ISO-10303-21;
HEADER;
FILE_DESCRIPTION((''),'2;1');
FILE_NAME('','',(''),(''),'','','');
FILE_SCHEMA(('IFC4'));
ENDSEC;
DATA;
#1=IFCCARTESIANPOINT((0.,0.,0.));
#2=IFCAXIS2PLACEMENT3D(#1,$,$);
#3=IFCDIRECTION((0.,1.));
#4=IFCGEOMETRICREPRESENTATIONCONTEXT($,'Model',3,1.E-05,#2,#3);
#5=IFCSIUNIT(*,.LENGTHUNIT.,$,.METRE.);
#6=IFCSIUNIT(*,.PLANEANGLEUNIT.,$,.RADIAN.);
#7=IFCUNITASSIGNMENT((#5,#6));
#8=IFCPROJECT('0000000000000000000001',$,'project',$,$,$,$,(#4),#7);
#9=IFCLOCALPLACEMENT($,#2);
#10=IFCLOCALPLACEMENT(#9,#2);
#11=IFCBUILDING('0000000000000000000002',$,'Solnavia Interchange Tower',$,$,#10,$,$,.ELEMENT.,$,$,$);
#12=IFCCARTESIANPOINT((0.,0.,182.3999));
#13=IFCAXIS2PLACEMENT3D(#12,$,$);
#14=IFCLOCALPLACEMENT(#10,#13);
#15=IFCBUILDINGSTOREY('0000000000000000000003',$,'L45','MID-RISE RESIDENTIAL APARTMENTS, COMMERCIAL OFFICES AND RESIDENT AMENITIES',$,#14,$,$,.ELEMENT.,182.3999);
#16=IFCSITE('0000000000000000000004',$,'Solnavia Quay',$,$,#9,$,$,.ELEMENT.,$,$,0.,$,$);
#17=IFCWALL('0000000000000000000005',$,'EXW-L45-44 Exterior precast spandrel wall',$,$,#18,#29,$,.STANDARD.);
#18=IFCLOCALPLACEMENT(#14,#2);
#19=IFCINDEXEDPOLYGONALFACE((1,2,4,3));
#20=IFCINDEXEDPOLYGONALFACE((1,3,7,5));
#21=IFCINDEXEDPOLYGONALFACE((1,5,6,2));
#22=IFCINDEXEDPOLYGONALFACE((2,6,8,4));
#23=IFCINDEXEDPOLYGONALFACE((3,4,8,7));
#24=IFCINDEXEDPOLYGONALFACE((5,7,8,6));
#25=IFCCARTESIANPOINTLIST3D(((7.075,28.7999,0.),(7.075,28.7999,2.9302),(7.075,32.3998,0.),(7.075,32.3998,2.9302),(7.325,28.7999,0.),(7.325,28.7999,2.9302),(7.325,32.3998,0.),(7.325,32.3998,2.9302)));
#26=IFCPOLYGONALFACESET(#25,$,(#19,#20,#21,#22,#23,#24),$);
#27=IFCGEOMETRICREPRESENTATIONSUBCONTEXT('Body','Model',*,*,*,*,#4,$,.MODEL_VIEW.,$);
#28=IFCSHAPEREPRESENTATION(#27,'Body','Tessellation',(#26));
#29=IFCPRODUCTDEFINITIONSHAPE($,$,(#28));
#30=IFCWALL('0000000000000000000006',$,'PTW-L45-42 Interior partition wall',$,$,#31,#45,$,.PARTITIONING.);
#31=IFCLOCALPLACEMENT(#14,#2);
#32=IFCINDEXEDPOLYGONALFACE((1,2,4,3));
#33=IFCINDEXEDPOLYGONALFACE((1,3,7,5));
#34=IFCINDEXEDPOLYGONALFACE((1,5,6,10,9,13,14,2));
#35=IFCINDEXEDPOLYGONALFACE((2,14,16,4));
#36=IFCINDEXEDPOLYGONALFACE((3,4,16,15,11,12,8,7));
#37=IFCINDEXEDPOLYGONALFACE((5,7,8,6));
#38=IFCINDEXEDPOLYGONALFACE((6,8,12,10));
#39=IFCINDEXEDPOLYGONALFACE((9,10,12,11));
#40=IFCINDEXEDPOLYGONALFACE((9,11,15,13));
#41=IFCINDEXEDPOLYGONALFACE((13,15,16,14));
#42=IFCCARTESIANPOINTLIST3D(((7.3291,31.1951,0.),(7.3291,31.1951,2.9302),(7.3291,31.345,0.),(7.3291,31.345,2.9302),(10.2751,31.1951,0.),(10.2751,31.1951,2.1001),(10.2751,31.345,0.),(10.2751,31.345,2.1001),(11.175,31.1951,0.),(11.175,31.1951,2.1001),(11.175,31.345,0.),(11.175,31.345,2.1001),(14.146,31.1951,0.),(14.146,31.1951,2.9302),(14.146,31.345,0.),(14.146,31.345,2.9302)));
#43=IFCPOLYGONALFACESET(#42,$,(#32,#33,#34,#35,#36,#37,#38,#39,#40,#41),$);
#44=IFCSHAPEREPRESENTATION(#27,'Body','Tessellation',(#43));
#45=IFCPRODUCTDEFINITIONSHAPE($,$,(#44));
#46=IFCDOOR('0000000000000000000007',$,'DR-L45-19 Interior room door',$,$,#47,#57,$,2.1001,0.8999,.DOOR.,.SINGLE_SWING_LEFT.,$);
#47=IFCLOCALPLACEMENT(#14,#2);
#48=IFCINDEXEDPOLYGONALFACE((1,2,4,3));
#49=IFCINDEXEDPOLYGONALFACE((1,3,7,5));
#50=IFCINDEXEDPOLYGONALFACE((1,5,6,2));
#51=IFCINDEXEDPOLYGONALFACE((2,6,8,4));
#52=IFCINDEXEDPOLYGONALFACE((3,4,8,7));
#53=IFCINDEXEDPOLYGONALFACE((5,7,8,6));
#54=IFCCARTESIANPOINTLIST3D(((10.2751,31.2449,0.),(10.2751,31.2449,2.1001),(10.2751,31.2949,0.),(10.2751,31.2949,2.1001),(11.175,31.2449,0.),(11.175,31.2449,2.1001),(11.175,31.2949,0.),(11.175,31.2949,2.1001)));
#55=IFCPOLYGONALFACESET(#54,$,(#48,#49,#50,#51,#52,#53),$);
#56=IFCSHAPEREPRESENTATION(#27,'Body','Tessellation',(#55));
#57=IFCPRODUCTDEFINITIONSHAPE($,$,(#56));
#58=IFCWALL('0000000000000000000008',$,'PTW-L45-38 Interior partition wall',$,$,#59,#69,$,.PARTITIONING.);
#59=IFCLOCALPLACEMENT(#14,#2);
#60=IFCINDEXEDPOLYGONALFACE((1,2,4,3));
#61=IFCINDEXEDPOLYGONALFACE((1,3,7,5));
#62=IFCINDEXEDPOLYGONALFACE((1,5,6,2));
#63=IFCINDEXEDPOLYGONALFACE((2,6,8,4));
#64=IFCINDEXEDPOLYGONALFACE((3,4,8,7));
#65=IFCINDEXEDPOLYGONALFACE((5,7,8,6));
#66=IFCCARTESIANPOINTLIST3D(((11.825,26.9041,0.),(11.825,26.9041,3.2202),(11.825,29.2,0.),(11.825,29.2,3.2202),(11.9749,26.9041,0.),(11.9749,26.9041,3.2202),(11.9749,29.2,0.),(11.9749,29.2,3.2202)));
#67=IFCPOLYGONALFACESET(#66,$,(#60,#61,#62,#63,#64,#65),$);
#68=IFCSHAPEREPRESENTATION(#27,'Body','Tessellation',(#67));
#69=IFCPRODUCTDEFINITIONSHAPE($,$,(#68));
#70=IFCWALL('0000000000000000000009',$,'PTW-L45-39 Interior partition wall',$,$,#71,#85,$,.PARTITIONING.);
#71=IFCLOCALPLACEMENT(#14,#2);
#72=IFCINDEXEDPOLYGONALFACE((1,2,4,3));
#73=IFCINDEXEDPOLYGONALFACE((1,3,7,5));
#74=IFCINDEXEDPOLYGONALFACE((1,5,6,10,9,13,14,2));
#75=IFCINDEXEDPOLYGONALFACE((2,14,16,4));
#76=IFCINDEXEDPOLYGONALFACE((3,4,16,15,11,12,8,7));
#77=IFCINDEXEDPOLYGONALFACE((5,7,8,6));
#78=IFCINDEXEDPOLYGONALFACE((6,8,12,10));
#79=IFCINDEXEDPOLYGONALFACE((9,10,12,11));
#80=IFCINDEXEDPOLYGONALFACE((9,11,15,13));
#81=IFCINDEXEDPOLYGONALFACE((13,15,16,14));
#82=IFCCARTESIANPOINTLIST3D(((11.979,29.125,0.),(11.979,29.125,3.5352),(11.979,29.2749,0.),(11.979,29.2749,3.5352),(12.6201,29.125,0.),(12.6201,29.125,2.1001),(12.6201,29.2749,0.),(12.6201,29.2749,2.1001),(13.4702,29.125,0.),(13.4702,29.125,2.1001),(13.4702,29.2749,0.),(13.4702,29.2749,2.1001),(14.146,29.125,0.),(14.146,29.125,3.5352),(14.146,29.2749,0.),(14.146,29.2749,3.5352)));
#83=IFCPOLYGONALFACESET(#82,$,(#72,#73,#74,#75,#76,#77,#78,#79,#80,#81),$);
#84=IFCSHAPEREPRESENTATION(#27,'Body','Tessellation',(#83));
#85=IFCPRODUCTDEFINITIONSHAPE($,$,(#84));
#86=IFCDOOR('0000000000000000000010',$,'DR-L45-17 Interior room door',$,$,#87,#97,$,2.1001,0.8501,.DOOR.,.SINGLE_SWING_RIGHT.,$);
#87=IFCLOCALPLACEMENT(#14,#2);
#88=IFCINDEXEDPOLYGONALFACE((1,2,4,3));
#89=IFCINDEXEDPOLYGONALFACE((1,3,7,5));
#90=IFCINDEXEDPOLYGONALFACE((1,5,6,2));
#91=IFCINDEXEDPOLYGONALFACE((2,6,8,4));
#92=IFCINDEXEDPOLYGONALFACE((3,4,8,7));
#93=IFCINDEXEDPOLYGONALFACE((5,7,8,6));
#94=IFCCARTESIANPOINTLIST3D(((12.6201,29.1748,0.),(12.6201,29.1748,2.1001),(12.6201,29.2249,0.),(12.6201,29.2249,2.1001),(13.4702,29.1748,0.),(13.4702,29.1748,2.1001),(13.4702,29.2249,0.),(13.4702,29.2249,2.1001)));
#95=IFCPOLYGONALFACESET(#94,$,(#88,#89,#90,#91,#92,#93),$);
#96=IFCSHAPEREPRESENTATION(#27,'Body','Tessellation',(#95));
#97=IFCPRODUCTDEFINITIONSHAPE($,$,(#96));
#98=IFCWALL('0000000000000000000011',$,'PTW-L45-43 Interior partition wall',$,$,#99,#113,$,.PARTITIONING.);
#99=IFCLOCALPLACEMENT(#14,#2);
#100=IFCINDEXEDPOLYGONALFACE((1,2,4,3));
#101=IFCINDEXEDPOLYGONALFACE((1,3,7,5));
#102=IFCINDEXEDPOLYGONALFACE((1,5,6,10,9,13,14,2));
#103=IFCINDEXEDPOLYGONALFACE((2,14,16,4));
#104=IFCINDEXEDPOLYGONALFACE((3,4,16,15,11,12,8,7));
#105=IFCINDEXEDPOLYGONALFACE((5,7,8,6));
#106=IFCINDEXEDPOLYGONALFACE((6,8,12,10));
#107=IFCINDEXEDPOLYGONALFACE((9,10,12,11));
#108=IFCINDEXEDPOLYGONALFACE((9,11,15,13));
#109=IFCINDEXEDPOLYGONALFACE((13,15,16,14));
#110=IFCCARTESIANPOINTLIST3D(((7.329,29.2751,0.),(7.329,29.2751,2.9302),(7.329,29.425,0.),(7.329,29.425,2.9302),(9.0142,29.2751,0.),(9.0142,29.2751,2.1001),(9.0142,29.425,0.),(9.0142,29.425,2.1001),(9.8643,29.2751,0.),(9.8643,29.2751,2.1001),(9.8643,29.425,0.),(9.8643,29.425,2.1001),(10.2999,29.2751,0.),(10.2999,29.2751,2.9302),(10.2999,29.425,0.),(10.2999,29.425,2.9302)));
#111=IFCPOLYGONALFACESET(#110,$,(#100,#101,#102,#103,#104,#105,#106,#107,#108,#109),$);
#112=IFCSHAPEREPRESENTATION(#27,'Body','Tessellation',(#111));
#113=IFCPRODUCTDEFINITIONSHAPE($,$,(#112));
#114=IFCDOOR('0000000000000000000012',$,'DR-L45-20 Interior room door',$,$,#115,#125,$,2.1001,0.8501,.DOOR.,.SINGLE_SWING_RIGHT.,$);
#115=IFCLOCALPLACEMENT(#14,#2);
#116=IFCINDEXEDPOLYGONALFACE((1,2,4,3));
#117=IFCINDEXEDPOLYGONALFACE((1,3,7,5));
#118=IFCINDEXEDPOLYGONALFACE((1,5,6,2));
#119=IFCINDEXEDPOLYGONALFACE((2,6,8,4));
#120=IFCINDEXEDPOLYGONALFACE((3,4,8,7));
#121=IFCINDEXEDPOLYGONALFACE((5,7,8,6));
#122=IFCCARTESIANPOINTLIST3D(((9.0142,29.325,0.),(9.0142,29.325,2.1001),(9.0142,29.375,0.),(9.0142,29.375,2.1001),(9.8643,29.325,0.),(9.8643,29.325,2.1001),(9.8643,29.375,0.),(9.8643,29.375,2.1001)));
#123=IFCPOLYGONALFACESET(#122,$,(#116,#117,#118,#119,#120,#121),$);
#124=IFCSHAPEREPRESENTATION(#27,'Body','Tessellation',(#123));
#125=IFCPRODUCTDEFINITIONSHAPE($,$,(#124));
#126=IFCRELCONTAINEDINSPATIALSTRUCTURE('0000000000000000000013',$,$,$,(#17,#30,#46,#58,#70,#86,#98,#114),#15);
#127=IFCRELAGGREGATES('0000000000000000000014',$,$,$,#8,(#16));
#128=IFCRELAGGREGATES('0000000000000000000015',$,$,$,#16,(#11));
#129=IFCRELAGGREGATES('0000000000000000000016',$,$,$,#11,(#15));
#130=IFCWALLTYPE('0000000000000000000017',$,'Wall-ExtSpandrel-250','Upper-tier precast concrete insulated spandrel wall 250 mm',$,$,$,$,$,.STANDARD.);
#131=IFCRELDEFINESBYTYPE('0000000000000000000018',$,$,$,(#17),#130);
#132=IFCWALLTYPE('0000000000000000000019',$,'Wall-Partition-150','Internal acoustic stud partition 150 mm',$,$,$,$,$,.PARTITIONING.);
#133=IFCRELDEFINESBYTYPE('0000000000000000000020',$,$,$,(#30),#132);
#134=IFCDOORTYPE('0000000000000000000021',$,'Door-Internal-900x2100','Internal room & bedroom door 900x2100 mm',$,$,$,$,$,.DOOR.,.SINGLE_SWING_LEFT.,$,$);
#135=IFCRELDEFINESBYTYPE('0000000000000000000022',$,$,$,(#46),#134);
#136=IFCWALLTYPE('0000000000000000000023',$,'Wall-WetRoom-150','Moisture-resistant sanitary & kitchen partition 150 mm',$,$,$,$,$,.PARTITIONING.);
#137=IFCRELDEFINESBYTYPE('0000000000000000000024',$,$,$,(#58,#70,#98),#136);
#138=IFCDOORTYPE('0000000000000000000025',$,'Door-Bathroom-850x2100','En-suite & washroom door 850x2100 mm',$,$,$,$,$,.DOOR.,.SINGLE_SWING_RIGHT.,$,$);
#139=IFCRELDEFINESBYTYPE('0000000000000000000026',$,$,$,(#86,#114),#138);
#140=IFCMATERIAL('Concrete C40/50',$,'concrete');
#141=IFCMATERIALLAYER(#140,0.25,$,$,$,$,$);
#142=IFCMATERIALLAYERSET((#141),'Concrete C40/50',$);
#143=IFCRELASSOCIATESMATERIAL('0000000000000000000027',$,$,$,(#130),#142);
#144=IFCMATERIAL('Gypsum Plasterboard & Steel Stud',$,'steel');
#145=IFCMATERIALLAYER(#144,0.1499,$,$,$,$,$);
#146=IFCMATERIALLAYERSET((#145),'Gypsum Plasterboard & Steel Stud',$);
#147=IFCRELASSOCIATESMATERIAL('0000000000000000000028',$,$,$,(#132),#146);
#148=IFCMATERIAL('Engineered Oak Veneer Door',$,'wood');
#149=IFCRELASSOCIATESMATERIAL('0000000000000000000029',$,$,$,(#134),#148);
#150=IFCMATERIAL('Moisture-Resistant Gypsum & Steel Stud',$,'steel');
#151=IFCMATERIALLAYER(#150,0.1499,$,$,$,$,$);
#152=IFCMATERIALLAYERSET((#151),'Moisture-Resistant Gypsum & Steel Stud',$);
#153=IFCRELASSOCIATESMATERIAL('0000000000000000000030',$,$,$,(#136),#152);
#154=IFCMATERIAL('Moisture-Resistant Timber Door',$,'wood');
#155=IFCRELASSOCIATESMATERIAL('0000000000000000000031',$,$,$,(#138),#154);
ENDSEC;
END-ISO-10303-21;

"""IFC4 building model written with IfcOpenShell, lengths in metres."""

from ifc_helpers import new_model, si_unit, direction, frame, frame_2d, origin, place, context, subcontext, project, spatial, rectangle, extrude, material, layer, layer_set, type_object, element, fill, save


model = new_model("IFC4")

# Units and contexts
model_context = context("Model", 3, precision=1e-05, world=origin(), true_north=direction((0.0, 1.0)))
body_context = subcontext(model_context, "Body", "Model", "MODEL_VIEW")
ifc_project = project(units=[si_unit("LENGTHUNIT", "METRE"), si_unit("PLANEANGLEUNIT", "RADIAN")], contexts=[model_context])

# Site, building, storey
site_placement = place(None, origin())
site = spatial("IfcSite", under=ifc_project, at=site_placement, Name="Solnavia Quay", CompositionType="ELEMENT", RefElevation=0.0)
building_placement = place(site_placement, origin())
building = spatial("IfcBuilding", under=site, at=building_placement, Name="Solnavia Interchange Tower", CompositionType="ELEMENT")
storey_placement = place(building_placement, frame((0.0, 0.0, 182.3999)))
storey = spatial("IfcBuildingStorey", under=building, at=storey_placement, Name="L45", Description="MID-RISE RESIDENTIAL APARTMENTS, COMMERCIAL OFFICES AND RESIDENT AMENITIES", CompositionType="ELEMENT", Elevation=182.3999)

# Shared definitions
ifc_material_1 = material(Name="Concrete C40/50", Category="concrete")
ifc_layer_1 = layer(ifc_material_1, 0.25)
ifc_layer_set_1 = layer_set([ifc_layer_1], Name="Concrete C40/50")
wall_type_1 = type_object("IfcWallType", Name="Wall-ExtSpandrel-250", Description="Upper-tier precast concrete insulated spandrel wall 250 mm", PredefinedType="STANDARD", material=ifc_layer_set_1)

# Wall
wall_1_placement = place(storey_placement, frame((7.2, 28.8, 0.0), z_axis=(0.0, 0.0, 1.0), x_axis=(0.0, 1.0, 0.0)))
element("IfcWall", 1, at=wall_1_placement, inside=storey, type_object=wall_type_1, Name="EXW-L45-44 Exterior precast spandrel wall", PredefinedType="STANDARD", context=body_context, shape_type="SweptSolid", body=[
    extrude(rectangle(XDim=3.5999, YDim=0.25, at=frame_2d((1.7998, 0.0))), origin(), (0.0, 0.0, 1.0), 2.9302),
])

# Wall, opening, door
ifc_material_2 = material(Name="Gypsum Plasterboard & Steel Stud", Category="steel")
ifc_layer_2 = layer(ifc_material_2, 0.1499)
ifc_layer_set_2 = layer_set([ifc_layer_2], Name="Gypsum Plasterboard & Steel Stud")
wall_type_2 = type_object("IfcWallType", Name="Wall-Partition-150", Description="Internal acoustic stud partition 150 mm", PredefinedType="PARTITIONING", material=ifc_layer_set_2)
wall_2_placement = place(storey_placement, frame((7.3291, 31.27, 0.0), z_axis=(0.0, 0.0, 1.0), x_axis=(1.0, 0.0, 0.0)))
wall_2 = element("IfcWall", 2, at=wall_2_placement, inside=storey, type_object=wall_type_2, Name="PTW-L45-42 Interior partition wall", PredefinedType="PARTITIONING", context=body_context, shape_type="SweptSolid", body=[
    extrude(rectangle(XDim=6.8169, YDim=0.1499, at=frame_2d((3.4084, 0.0))), origin(), (0.0, 0.0, 1.0), 2.9302),
])
opening_1_placement = place(wall_2_placement, frame((2.946, 0.0, 0.0)))
opening_1 = element("IfcOpeningElement", 3, at=opening_1_placement, cuts=wall_2, PredefinedType="OPENING", context=body_context, shape_type="SweptSolid", body=[
    extrude(rectangle(XDim=0.8999, YDim=2.1001, at=frame_2d((0.45, 1.05))), frame((0.0, 0.085, 0.0), z_axis=(0.0, -1.0, 0.0), x_axis=(1.0, 0.0, 0.0)), (0.0, 0.0, 1.0), 0.1699),
])
ifc_material_3 = material(Name="Engineered Oak Veneer Door", Category="wood")
door_type_1 = type_object("IfcDoorType", Name="Door-Internal-900x2100", Description="Internal room & bedroom door 900x2100 mm", OperationType="SINGLE_SWING_LEFT", PredefinedType="DOOR", material=ifc_material_3)
door_1_placement = place(opening_1_placement, origin())
door_1 = element("IfcDoor", 4, at=door_1_placement, inside=storey, type_object=door_type_1, Name="DR-L45-19 Interior room door", OperationType="SINGLE_SWING_LEFT", OverallHeight=2.1001, OverallWidth=0.8999, PredefinedType="DOOR", context=body_context, shape_type="SweptSolid", body=[
    extrude(rectangle(XDim=0.8999, YDim=2.1001, at=frame_2d((0.45, 1.05))), frame((0.0, 0.0249, 0.0), z_axis=(0.0, -1.0, 0.0), x_axis=(1.0, 0.0, 0.0)), (0.0, 0.0, 1.0), 0.05),
])
fill(opening_1, door_1)

# Wall
ifc_material_4 = material(Name="Moisture-Resistant Gypsum & Steel Stud", Category="steel")
ifc_layer_3 = layer(ifc_material_4, 0.1499)
ifc_layer_set_3 = layer_set([ifc_layer_3], Name="Moisture-Resistant Gypsum & Steel Stud")
wall_type_3 = type_object("IfcWallType", Name="Wall-WetRoom-150", Description="Moisture-resistant sanitary & kitchen partition 150 mm", PredefinedType="PARTITIONING", material=ifc_layer_set_3)
wall_3_placement = place(storey_placement, frame((11.8999, 26.9041, 0.0), z_axis=(0.0, 0.0, 1.0), x_axis=(0.0, 1.0, 0.0)))
element("IfcWall", 5, at=wall_3_placement, inside=storey, type_object=wall_type_3, Name="PTW-L45-38 Interior partition wall", PredefinedType="PARTITIONING", context=body_context, shape_type="SweptSolid", body=[
    extrude(rectangle(XDim=2.2959, YDim=0.1499, at=frame_2d((1.1479, 0.0))), origin(), (0.0, 0.0, 1.0), 3.2202),
])

# Walls, openings, doors
wall_4_placement = place(storey_placement, frame((11.979, 29.2, 0.0), z_axis=(0.0, 0.0, 1.0), x_axis=(1.0, 0.0, 0.0)))
wall_4 = element("IfcWall", 6, at=wall_4_placement, inside=storey, type_object=wall_type_3, Name="PTW-L45-39 Interior partition wall", PredefinedType="PARTITIONING", context=body_context, shape_type="SweptSolid", body=[
    extrude(rectangle(XDim=2.167, YDim=0.1499, at=frame_2d((1.0835, 0.0))), origin(), (0.0, 0.0, 1.0), 3.5352),
])
opening_2_placement = place(wall_4_placement, frame((0.6411, 0.0, 0.0)))
opening_2 = element("IfcOpeningElement", 7, at=opening_2_placement, cuts=wall_4, PredefinedType="OPENING", context=body_context, shape_type="SweptSolid", body=[
    extrude(rectangle(XDim=0.8501, YDim=2.1001, at=frame_2d((0.425, 1.05))), frame((0.0, 0.085, 0.0), z_axis=(0.0, -1.0, 0.0), x_axis=(1.0, 0.0, 0.0)), (0.0, 0.0, 1.0), 0.1699),
])
ifc_material_5 = material(Name="Moisture-Resistant Timber Door", Category="wood")
door_type_2 = type_object("IfcDoorType", Name="Door-Bathroom-850x2100", Description="En-suite & washroom door 850x2100 mm", OperationType="SINGLE_SWING_RIGHT", PredefinedType="DOOR", material=ifc_material_5)
door_2_placement = place(opening_2_placement, origin())
door_2 = element("IfcDoor", 8, at=door_2_placement, inside=storey, type_object=door_type_2, Name="DR-L45-17 Interior room door", OperationType="SINGLE_SWING_RIGHT", OverallHeight=2.1001, OverallWidth=0.8501, PredefinedType="DOOR", context=body_context, shape_type="SweptSolid", body=[
    extrude(rectangle(XDim=0.8501, YDim=2.1001, at=frame_2d((0.425, 1.05))), frame((0.0, 0.0249, 0.0), z_axis=(0.0, -1.0, 0.0), x_axis=(1.0, 0.0, 0.0)), (0.0, 0.0, 1.0), 0.05),
])
fill(opening_2, door_2)
wall_5_placement = place(storey_placement, frame((7.3291, 29.3501, 0.0), z_axis=(0.0, 0.0, 1.0), x_axis=(1.0, 0.0, 0.0)))
wall_5 = element("IfcWall", 9, at=wall_5_placement, inside=storey, type_object=wall_type_3, Name="PTW-L45-43 Interior partition wall", PredefinedType="PARTITIONING", context=body_context, shape_type="SweptSolid", body=[
    extrude(rectangle(XDim=2.9709, YDim=0.1499, at=frame_2d((1.4854, 0.0))), origin(), (0.0, 0.0, 1.0), 2.9302),
])
opening_3_placement = place(wall_5_placement, frame((1.6851, 0.0, 0.0)))
opening_3 = element("IfcOpeningElement", 10, at=opening_3_placement, cuts=wall_5, PredefinedType="OPENING", context=body_context, shape_type="SweptSolid", body=[
    extrude(rectangle(XDim=0.8501, YDim=2.1001, at=frame_2d((0.425, 1.05))), frame((0.0, 0.085, 0.0), z_axis=(0.0, -1.0, 0.0), x_axis=(1.0, 0.0, 0.0)), (0.0, 0.0, 1.0), 0.1699),
])
door_3_placement = place(opening_3_placement, origin())
door_3 = element("IfcDoor", 11, at=door_3_placement, inside=storey, type_object=door_type_2, Name="DR-L45-20 Interior room door", OperationType="SINGLE_SWING_RIGHT", OverallHeight=2.1001, OverallWidth=0.8501, PredefinedType="DOOR", context=body_context, shape_type="SweptSolid", body=[
    extrude(rectangle(XDim=0.8501, YDim=2.1001, at=frame_2d((0.425, 1.05))), frame((0.0, 0.0249, 0.0), z_axis=(0.0, -1.0, 0.0), x_axis=(1.0, 0.0, 0.0)), (0.0, 0.0, 1.0), 0.05),
])
fill(opening_3, door_3)

save(model, "model.ifc")
